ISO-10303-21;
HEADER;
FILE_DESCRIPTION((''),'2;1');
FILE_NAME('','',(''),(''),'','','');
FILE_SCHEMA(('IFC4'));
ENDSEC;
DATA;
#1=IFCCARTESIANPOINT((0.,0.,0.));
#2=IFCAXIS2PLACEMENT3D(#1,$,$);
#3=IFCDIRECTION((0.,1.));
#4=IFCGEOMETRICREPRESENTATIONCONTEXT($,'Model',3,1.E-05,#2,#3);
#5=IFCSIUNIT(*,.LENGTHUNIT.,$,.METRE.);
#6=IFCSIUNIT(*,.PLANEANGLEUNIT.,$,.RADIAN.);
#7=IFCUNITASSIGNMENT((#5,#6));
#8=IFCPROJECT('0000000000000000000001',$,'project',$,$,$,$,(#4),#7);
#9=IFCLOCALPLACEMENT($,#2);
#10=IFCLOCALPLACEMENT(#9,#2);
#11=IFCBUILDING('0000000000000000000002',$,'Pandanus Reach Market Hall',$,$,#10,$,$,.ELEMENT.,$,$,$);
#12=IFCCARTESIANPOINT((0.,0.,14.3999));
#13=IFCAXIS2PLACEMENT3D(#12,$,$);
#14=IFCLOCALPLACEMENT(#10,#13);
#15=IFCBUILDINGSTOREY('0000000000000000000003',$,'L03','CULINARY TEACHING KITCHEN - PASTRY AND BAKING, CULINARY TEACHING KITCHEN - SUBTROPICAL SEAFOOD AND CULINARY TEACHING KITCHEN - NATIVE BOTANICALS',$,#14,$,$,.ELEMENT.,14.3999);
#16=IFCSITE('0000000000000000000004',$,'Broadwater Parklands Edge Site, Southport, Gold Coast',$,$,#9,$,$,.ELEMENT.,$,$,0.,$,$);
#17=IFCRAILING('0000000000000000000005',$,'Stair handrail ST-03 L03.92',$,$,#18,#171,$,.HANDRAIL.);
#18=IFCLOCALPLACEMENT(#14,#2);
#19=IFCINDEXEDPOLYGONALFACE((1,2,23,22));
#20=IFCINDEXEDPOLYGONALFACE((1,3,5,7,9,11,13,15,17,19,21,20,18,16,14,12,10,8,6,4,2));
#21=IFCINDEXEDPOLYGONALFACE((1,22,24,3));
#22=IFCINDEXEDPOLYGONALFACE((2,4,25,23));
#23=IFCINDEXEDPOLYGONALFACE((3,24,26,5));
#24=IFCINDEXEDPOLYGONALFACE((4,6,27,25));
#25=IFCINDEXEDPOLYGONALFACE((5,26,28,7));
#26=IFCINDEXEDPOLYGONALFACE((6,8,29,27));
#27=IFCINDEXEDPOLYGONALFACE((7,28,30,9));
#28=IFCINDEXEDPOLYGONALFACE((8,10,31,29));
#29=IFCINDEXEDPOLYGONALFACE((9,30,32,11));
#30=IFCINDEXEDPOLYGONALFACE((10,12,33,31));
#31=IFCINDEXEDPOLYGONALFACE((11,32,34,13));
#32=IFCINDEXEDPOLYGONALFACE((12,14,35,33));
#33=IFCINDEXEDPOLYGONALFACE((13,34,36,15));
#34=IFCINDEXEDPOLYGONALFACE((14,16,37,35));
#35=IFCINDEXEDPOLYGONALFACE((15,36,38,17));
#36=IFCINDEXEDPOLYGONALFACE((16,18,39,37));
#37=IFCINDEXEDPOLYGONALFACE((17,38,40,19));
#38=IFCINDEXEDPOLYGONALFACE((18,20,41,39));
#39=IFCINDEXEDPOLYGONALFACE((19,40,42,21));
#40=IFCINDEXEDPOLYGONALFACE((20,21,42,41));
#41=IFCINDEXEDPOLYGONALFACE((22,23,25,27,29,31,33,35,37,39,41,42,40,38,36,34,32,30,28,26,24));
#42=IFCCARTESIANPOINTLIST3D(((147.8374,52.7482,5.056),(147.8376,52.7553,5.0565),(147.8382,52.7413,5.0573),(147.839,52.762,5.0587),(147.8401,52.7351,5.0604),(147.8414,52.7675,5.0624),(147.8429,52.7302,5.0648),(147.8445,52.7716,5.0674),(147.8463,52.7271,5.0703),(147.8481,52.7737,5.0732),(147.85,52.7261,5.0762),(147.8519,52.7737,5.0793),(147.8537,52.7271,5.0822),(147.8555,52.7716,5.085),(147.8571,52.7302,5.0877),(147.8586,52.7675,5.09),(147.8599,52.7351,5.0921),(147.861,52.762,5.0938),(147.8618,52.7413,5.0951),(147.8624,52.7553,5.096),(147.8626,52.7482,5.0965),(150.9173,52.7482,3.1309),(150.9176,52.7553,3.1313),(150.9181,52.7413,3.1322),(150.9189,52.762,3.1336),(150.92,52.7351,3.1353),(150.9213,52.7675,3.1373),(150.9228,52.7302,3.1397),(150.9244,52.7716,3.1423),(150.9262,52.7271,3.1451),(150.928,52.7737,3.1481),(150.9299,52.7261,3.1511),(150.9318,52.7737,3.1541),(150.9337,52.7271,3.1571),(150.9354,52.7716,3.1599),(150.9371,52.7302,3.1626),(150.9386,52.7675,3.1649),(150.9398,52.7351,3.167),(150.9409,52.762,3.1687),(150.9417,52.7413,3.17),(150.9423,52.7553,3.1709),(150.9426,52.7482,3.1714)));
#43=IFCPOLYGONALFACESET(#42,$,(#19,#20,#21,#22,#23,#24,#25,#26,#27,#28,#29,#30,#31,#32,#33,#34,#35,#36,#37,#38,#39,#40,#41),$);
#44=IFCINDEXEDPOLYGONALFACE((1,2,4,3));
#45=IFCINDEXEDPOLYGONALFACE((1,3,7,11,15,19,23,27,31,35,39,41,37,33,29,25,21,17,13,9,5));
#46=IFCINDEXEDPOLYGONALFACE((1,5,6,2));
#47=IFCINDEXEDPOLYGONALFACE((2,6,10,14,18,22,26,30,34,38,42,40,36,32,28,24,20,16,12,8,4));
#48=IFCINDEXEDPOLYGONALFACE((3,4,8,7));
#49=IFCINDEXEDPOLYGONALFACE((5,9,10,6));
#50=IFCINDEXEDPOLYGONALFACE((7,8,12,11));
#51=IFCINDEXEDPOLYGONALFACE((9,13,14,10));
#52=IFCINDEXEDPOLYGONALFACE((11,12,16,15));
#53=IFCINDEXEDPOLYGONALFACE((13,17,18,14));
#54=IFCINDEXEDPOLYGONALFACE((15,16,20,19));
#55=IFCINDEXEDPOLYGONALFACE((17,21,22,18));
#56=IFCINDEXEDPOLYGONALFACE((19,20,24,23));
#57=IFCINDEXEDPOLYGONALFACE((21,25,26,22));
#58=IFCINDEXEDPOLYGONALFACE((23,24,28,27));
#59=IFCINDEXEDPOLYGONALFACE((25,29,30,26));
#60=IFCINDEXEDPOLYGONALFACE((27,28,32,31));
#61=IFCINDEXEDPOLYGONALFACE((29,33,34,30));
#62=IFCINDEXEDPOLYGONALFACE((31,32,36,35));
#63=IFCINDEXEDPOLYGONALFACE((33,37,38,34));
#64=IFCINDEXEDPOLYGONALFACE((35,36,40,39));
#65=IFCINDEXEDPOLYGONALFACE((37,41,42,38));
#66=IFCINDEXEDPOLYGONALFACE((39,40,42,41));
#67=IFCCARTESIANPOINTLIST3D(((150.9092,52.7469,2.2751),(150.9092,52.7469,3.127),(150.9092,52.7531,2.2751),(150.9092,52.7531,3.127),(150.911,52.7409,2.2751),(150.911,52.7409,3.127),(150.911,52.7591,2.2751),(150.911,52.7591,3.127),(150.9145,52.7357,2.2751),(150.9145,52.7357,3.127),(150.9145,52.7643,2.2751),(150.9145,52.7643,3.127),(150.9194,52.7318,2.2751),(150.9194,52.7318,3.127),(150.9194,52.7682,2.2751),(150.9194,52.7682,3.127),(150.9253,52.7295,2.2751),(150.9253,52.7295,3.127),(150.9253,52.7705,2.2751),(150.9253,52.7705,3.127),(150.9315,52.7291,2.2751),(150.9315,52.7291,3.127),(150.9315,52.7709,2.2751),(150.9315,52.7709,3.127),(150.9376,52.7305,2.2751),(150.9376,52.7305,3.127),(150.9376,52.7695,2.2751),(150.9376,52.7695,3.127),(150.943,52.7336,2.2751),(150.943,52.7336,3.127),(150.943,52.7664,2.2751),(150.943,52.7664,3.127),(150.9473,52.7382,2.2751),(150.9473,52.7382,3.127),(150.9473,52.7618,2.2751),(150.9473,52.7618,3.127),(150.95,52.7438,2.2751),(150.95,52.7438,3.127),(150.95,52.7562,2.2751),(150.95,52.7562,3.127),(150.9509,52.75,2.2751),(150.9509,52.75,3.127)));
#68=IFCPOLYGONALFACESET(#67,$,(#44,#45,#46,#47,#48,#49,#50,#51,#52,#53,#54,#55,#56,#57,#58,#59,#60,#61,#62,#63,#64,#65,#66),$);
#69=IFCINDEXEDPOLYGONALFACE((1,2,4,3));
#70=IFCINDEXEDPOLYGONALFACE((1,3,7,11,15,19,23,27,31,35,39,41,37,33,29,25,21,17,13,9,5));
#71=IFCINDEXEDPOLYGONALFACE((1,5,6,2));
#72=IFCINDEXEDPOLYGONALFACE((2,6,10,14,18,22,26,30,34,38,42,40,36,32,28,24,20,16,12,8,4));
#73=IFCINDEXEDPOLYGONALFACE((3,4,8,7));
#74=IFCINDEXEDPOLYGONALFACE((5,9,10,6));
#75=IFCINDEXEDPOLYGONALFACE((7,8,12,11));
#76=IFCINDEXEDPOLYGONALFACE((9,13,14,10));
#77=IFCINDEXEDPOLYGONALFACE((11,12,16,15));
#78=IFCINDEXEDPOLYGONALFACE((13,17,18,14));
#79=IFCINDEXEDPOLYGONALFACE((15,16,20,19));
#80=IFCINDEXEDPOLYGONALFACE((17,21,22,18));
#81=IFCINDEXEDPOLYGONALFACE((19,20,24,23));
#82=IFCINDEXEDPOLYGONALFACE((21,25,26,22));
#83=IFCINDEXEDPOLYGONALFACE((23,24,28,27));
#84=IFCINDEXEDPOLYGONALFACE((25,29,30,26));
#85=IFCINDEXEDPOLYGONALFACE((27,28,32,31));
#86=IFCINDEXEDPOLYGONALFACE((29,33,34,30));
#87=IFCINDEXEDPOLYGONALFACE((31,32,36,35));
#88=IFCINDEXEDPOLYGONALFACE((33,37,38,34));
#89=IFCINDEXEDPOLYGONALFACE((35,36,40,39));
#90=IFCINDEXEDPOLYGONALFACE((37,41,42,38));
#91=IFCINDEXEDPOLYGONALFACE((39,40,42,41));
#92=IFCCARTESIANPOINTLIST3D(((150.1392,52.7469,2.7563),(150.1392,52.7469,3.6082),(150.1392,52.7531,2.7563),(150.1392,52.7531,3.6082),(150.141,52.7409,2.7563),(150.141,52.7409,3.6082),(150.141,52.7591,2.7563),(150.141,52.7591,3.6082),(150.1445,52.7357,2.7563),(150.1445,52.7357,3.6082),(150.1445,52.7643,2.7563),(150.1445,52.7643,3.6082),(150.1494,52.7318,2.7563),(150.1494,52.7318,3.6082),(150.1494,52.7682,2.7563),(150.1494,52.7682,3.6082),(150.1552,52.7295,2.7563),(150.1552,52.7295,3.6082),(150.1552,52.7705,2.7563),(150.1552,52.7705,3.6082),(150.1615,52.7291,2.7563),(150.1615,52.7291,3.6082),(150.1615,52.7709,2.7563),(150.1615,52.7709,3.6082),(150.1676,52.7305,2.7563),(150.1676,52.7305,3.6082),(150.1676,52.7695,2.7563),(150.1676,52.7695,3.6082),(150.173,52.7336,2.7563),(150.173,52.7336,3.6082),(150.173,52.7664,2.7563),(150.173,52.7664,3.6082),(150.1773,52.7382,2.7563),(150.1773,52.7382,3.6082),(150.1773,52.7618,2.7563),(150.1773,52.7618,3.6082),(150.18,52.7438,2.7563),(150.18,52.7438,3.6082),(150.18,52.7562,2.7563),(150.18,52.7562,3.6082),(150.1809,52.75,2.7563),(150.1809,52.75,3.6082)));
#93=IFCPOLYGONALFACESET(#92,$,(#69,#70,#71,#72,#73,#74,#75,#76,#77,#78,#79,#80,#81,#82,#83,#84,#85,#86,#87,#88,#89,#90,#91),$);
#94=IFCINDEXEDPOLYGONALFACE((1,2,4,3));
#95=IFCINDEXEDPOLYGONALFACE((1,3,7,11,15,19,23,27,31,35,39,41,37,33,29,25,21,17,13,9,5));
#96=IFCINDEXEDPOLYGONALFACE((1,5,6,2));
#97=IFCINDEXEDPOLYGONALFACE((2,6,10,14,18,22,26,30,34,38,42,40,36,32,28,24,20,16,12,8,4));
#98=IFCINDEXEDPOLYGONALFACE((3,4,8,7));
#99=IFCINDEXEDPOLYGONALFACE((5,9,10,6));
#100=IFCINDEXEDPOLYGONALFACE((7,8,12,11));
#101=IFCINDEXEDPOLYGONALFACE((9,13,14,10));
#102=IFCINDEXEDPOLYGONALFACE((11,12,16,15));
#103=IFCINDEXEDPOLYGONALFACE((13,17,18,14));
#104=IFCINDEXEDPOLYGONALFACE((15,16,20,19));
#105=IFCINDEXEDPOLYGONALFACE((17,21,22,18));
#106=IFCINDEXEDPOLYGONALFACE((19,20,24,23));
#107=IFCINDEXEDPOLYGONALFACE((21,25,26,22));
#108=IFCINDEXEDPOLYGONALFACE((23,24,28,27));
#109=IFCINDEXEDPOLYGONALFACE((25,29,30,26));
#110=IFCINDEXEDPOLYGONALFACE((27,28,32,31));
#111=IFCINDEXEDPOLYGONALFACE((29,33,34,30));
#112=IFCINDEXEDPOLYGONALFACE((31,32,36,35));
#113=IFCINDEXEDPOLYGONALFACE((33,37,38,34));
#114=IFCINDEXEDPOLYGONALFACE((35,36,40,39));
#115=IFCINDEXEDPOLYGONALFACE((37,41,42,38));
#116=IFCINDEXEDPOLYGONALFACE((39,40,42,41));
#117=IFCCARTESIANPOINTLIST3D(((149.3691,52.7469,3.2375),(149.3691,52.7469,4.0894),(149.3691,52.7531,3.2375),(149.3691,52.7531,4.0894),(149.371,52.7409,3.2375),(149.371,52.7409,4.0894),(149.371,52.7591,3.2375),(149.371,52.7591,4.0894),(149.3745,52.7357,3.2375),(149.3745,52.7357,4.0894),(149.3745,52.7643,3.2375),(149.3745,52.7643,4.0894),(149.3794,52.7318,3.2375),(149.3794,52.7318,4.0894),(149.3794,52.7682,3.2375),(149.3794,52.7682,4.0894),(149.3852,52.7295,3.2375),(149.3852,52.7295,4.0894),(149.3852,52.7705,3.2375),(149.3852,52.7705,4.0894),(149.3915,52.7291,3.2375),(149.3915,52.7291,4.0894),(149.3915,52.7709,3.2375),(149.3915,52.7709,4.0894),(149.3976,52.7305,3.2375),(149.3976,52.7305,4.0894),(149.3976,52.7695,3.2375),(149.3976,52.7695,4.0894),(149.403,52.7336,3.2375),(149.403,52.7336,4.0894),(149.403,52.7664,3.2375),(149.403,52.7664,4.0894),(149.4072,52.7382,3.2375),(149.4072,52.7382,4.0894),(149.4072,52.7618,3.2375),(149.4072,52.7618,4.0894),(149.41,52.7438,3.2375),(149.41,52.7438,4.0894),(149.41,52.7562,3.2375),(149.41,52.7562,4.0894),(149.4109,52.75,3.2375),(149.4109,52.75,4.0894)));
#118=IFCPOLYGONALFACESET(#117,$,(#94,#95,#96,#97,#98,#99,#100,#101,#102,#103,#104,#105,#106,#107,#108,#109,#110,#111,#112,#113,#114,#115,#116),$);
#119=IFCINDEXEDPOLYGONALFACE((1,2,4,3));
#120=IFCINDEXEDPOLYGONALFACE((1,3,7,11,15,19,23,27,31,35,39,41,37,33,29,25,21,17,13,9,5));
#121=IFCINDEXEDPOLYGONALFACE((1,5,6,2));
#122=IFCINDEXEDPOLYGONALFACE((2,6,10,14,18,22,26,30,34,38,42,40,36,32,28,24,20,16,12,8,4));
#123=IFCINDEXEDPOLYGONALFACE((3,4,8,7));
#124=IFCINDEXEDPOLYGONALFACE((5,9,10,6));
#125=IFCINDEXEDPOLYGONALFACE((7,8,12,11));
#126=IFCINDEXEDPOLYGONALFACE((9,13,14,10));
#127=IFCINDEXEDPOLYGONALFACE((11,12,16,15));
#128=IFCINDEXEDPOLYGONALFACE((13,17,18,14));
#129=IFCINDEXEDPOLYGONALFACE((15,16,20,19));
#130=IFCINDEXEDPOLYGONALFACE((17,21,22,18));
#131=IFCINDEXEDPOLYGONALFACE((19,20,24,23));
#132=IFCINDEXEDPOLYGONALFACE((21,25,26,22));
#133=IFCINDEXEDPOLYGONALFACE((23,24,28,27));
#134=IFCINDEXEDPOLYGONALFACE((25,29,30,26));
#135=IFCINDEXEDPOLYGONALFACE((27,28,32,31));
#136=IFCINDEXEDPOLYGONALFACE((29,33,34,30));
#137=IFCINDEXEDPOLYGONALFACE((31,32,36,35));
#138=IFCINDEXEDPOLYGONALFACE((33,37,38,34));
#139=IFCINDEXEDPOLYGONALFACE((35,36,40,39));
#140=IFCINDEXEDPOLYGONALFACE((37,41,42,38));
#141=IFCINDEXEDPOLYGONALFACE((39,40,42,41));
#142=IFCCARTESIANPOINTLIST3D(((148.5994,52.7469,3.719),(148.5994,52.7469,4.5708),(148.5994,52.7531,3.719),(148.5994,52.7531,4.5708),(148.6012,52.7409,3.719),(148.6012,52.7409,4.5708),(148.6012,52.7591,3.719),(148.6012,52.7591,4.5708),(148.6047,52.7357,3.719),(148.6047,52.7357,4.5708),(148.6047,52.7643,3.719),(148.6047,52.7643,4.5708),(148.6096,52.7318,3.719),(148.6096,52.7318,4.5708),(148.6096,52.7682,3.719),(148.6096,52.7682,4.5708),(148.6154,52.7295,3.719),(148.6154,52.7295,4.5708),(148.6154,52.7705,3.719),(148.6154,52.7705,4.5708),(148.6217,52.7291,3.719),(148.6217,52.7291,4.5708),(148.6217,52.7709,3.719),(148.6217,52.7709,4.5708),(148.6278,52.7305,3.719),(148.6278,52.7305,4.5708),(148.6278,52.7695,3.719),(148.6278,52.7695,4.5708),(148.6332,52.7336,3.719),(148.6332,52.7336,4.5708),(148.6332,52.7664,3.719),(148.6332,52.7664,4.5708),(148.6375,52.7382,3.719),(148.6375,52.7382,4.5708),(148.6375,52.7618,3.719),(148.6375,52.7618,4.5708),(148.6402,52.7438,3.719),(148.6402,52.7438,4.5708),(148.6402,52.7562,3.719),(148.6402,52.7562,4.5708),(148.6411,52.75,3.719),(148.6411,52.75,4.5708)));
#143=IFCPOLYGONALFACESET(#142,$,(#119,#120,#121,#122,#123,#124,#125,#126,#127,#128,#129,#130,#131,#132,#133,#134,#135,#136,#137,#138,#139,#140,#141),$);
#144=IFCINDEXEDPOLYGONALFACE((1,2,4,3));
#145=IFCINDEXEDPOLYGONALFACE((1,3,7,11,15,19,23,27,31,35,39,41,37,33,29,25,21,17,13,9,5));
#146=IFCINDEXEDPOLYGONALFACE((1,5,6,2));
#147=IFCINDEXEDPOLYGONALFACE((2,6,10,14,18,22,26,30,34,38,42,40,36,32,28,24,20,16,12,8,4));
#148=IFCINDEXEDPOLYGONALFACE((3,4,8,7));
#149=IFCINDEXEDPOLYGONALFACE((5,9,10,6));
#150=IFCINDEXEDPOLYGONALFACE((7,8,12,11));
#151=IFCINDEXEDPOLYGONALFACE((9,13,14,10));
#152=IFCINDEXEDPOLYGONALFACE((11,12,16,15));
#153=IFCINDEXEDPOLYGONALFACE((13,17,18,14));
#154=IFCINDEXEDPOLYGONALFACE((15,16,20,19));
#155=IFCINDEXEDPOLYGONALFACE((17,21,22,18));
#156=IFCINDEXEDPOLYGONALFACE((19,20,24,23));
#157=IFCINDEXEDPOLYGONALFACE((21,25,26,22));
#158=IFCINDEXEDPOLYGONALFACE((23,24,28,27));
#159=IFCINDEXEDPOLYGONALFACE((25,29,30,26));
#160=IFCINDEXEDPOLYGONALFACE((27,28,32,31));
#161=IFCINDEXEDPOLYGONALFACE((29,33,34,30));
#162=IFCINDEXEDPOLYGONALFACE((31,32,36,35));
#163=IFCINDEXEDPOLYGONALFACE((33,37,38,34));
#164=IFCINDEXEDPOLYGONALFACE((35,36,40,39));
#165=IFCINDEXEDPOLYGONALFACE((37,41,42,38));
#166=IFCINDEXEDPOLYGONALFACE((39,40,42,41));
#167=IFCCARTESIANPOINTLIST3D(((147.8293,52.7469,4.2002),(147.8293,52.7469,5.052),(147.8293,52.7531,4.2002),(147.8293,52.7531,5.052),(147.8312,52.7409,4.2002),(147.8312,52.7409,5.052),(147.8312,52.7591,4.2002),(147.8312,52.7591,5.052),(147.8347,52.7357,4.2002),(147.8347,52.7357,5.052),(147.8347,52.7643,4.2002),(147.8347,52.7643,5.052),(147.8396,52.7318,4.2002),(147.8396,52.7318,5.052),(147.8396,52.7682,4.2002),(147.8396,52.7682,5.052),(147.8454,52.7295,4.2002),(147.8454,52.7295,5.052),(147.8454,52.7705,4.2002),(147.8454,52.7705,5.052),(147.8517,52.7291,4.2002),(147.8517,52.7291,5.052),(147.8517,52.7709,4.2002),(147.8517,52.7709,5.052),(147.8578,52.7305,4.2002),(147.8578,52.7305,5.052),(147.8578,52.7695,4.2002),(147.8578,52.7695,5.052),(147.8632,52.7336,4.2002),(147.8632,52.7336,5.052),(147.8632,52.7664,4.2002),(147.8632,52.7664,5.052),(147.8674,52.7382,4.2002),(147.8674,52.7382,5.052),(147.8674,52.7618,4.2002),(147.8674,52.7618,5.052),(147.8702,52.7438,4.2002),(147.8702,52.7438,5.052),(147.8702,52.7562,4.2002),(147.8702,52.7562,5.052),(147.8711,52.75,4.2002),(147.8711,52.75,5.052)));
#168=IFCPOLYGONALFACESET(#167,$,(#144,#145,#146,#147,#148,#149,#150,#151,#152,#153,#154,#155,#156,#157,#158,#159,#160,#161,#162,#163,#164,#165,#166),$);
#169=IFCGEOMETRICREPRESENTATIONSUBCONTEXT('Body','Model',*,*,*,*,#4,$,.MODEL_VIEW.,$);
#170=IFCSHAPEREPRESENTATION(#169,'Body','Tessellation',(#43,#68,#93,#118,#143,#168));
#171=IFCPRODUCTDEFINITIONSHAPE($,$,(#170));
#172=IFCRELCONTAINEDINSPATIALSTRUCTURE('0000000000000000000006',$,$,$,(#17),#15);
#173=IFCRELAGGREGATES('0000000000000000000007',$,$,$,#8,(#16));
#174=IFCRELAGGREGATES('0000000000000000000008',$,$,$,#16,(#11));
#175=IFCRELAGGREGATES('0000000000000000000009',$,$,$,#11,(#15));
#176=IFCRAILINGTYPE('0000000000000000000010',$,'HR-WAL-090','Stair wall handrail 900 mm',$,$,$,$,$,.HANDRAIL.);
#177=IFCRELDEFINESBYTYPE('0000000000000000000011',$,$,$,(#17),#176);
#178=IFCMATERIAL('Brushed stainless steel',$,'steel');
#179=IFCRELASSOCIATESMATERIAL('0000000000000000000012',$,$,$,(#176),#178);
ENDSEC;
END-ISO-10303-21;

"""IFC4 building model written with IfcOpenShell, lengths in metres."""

from ifc_helpers import new_model, si_unit, direction, frame, origin, origin_2d, place, context, subcontext, project, spatial, circle, extrude, material, type_object, element, save


model = new_model("IFC4")

# Units and contexts
model_context = context("Model", 3, precision=1e-05, world=origin(), true_north=direction((0.0, 1.0)))
body_context = subcontext(model_context, "Body", "Model", "MODEL_VIEW")
ifc_project = project(units=[si_unit("LENGTHUNIT", "METRE"), si_unit("PLANEANGLEUNIT", "RADIAN")], contexts=[model_context])

# Site, building, storey
site_placement = place(None, origin())
site = spatial("IfcSite", under=ifc_project, at=site_placement, Name="Broadwater Parklands Edge Site, Southport, Gold Coast", CompositionType="ELEMENT", RefElevation=0.0)
building_placement = place(site_placement, origin())
building = spatial("IfcBuilding", under=site, at=building_placement, Name="Pandanus Reach Market Hall", CompositionType="ELEMENT")
storey_placement = place(building_placement, frame((0.0, 0.0, 14.3999)))
storey = spatial("IfcBuildingStorey", under=building, at=storey_placement, Name="L03", Description="CULINARY TEACHING KITCHEN - PASTRY AND BAKING, CULINARY TEACHING KITCHEN - SUBTROPICAL SEAFOOD AND CULINARY TEACHING KITCHEN - NATIVE BOTANICALS", CompositionType="ELEMENT", Elevation=14.3999)

# Railing
ifc_material_1 = material(Name="Brushed stainless steel", Category="steel")
railing_type_1 = type_object("IfcRailingType", Name="HR-WAL-090", Description="Stair wall handrail 900 mm", PredefinedType="HANDRAIL", material=ifc_material_1)
railing_1_placement = place(storey_placement, frame((150.9299, 52.75, 2.2751)))
element("IfcRailing", 1, at=railing_1_placement, inside=storey, type_object=railing_type_1, Name="Stair handrail ST-03 L03.92", PredefinedType="HANDRAIL", context=body_context, shape_type="SweptSolid", body=[
    extrude(circle(Radius=0.0239, at=origin_2d()), frame((0.0, 0.0, 0.876), z_axis=(-0.847979, 0.0, 0.530029), x_axis=(0.0, -1.0, 0.0)), (0.0, 0.0, 1.0), 3.6321),
    extrude(circle(Radius=0.021, at=origin_2d()), origin(), (0.0, 0.0, 1.0), 0.8518),
    extrude(circle(Radius=0.021, at=origin_2d()), frame((-0.77, 0.0, 0.4812)), (0.0, 0.0, 1.0), 0.8518),
    extrude(circle(Radius=0.021, at=origin_2d()), frame((-1.54, 0.0, 0.9624)), (0.0, 0.0, 1.0), 0.8518),
    extrude(circle(Radius=0.021, at=origin_2d()), frame((-2.3098, 0.0, 1.4438)), (0.0, 0.0, 1.0), 0.8518),
    extrude(circle(Radius=0.021, at=origin_2d()), frame((-3.0798, 0.0, 1.925)), (0.0, 0.0, 1.0), 0.8518),
])

save(model, "model.ifc")
